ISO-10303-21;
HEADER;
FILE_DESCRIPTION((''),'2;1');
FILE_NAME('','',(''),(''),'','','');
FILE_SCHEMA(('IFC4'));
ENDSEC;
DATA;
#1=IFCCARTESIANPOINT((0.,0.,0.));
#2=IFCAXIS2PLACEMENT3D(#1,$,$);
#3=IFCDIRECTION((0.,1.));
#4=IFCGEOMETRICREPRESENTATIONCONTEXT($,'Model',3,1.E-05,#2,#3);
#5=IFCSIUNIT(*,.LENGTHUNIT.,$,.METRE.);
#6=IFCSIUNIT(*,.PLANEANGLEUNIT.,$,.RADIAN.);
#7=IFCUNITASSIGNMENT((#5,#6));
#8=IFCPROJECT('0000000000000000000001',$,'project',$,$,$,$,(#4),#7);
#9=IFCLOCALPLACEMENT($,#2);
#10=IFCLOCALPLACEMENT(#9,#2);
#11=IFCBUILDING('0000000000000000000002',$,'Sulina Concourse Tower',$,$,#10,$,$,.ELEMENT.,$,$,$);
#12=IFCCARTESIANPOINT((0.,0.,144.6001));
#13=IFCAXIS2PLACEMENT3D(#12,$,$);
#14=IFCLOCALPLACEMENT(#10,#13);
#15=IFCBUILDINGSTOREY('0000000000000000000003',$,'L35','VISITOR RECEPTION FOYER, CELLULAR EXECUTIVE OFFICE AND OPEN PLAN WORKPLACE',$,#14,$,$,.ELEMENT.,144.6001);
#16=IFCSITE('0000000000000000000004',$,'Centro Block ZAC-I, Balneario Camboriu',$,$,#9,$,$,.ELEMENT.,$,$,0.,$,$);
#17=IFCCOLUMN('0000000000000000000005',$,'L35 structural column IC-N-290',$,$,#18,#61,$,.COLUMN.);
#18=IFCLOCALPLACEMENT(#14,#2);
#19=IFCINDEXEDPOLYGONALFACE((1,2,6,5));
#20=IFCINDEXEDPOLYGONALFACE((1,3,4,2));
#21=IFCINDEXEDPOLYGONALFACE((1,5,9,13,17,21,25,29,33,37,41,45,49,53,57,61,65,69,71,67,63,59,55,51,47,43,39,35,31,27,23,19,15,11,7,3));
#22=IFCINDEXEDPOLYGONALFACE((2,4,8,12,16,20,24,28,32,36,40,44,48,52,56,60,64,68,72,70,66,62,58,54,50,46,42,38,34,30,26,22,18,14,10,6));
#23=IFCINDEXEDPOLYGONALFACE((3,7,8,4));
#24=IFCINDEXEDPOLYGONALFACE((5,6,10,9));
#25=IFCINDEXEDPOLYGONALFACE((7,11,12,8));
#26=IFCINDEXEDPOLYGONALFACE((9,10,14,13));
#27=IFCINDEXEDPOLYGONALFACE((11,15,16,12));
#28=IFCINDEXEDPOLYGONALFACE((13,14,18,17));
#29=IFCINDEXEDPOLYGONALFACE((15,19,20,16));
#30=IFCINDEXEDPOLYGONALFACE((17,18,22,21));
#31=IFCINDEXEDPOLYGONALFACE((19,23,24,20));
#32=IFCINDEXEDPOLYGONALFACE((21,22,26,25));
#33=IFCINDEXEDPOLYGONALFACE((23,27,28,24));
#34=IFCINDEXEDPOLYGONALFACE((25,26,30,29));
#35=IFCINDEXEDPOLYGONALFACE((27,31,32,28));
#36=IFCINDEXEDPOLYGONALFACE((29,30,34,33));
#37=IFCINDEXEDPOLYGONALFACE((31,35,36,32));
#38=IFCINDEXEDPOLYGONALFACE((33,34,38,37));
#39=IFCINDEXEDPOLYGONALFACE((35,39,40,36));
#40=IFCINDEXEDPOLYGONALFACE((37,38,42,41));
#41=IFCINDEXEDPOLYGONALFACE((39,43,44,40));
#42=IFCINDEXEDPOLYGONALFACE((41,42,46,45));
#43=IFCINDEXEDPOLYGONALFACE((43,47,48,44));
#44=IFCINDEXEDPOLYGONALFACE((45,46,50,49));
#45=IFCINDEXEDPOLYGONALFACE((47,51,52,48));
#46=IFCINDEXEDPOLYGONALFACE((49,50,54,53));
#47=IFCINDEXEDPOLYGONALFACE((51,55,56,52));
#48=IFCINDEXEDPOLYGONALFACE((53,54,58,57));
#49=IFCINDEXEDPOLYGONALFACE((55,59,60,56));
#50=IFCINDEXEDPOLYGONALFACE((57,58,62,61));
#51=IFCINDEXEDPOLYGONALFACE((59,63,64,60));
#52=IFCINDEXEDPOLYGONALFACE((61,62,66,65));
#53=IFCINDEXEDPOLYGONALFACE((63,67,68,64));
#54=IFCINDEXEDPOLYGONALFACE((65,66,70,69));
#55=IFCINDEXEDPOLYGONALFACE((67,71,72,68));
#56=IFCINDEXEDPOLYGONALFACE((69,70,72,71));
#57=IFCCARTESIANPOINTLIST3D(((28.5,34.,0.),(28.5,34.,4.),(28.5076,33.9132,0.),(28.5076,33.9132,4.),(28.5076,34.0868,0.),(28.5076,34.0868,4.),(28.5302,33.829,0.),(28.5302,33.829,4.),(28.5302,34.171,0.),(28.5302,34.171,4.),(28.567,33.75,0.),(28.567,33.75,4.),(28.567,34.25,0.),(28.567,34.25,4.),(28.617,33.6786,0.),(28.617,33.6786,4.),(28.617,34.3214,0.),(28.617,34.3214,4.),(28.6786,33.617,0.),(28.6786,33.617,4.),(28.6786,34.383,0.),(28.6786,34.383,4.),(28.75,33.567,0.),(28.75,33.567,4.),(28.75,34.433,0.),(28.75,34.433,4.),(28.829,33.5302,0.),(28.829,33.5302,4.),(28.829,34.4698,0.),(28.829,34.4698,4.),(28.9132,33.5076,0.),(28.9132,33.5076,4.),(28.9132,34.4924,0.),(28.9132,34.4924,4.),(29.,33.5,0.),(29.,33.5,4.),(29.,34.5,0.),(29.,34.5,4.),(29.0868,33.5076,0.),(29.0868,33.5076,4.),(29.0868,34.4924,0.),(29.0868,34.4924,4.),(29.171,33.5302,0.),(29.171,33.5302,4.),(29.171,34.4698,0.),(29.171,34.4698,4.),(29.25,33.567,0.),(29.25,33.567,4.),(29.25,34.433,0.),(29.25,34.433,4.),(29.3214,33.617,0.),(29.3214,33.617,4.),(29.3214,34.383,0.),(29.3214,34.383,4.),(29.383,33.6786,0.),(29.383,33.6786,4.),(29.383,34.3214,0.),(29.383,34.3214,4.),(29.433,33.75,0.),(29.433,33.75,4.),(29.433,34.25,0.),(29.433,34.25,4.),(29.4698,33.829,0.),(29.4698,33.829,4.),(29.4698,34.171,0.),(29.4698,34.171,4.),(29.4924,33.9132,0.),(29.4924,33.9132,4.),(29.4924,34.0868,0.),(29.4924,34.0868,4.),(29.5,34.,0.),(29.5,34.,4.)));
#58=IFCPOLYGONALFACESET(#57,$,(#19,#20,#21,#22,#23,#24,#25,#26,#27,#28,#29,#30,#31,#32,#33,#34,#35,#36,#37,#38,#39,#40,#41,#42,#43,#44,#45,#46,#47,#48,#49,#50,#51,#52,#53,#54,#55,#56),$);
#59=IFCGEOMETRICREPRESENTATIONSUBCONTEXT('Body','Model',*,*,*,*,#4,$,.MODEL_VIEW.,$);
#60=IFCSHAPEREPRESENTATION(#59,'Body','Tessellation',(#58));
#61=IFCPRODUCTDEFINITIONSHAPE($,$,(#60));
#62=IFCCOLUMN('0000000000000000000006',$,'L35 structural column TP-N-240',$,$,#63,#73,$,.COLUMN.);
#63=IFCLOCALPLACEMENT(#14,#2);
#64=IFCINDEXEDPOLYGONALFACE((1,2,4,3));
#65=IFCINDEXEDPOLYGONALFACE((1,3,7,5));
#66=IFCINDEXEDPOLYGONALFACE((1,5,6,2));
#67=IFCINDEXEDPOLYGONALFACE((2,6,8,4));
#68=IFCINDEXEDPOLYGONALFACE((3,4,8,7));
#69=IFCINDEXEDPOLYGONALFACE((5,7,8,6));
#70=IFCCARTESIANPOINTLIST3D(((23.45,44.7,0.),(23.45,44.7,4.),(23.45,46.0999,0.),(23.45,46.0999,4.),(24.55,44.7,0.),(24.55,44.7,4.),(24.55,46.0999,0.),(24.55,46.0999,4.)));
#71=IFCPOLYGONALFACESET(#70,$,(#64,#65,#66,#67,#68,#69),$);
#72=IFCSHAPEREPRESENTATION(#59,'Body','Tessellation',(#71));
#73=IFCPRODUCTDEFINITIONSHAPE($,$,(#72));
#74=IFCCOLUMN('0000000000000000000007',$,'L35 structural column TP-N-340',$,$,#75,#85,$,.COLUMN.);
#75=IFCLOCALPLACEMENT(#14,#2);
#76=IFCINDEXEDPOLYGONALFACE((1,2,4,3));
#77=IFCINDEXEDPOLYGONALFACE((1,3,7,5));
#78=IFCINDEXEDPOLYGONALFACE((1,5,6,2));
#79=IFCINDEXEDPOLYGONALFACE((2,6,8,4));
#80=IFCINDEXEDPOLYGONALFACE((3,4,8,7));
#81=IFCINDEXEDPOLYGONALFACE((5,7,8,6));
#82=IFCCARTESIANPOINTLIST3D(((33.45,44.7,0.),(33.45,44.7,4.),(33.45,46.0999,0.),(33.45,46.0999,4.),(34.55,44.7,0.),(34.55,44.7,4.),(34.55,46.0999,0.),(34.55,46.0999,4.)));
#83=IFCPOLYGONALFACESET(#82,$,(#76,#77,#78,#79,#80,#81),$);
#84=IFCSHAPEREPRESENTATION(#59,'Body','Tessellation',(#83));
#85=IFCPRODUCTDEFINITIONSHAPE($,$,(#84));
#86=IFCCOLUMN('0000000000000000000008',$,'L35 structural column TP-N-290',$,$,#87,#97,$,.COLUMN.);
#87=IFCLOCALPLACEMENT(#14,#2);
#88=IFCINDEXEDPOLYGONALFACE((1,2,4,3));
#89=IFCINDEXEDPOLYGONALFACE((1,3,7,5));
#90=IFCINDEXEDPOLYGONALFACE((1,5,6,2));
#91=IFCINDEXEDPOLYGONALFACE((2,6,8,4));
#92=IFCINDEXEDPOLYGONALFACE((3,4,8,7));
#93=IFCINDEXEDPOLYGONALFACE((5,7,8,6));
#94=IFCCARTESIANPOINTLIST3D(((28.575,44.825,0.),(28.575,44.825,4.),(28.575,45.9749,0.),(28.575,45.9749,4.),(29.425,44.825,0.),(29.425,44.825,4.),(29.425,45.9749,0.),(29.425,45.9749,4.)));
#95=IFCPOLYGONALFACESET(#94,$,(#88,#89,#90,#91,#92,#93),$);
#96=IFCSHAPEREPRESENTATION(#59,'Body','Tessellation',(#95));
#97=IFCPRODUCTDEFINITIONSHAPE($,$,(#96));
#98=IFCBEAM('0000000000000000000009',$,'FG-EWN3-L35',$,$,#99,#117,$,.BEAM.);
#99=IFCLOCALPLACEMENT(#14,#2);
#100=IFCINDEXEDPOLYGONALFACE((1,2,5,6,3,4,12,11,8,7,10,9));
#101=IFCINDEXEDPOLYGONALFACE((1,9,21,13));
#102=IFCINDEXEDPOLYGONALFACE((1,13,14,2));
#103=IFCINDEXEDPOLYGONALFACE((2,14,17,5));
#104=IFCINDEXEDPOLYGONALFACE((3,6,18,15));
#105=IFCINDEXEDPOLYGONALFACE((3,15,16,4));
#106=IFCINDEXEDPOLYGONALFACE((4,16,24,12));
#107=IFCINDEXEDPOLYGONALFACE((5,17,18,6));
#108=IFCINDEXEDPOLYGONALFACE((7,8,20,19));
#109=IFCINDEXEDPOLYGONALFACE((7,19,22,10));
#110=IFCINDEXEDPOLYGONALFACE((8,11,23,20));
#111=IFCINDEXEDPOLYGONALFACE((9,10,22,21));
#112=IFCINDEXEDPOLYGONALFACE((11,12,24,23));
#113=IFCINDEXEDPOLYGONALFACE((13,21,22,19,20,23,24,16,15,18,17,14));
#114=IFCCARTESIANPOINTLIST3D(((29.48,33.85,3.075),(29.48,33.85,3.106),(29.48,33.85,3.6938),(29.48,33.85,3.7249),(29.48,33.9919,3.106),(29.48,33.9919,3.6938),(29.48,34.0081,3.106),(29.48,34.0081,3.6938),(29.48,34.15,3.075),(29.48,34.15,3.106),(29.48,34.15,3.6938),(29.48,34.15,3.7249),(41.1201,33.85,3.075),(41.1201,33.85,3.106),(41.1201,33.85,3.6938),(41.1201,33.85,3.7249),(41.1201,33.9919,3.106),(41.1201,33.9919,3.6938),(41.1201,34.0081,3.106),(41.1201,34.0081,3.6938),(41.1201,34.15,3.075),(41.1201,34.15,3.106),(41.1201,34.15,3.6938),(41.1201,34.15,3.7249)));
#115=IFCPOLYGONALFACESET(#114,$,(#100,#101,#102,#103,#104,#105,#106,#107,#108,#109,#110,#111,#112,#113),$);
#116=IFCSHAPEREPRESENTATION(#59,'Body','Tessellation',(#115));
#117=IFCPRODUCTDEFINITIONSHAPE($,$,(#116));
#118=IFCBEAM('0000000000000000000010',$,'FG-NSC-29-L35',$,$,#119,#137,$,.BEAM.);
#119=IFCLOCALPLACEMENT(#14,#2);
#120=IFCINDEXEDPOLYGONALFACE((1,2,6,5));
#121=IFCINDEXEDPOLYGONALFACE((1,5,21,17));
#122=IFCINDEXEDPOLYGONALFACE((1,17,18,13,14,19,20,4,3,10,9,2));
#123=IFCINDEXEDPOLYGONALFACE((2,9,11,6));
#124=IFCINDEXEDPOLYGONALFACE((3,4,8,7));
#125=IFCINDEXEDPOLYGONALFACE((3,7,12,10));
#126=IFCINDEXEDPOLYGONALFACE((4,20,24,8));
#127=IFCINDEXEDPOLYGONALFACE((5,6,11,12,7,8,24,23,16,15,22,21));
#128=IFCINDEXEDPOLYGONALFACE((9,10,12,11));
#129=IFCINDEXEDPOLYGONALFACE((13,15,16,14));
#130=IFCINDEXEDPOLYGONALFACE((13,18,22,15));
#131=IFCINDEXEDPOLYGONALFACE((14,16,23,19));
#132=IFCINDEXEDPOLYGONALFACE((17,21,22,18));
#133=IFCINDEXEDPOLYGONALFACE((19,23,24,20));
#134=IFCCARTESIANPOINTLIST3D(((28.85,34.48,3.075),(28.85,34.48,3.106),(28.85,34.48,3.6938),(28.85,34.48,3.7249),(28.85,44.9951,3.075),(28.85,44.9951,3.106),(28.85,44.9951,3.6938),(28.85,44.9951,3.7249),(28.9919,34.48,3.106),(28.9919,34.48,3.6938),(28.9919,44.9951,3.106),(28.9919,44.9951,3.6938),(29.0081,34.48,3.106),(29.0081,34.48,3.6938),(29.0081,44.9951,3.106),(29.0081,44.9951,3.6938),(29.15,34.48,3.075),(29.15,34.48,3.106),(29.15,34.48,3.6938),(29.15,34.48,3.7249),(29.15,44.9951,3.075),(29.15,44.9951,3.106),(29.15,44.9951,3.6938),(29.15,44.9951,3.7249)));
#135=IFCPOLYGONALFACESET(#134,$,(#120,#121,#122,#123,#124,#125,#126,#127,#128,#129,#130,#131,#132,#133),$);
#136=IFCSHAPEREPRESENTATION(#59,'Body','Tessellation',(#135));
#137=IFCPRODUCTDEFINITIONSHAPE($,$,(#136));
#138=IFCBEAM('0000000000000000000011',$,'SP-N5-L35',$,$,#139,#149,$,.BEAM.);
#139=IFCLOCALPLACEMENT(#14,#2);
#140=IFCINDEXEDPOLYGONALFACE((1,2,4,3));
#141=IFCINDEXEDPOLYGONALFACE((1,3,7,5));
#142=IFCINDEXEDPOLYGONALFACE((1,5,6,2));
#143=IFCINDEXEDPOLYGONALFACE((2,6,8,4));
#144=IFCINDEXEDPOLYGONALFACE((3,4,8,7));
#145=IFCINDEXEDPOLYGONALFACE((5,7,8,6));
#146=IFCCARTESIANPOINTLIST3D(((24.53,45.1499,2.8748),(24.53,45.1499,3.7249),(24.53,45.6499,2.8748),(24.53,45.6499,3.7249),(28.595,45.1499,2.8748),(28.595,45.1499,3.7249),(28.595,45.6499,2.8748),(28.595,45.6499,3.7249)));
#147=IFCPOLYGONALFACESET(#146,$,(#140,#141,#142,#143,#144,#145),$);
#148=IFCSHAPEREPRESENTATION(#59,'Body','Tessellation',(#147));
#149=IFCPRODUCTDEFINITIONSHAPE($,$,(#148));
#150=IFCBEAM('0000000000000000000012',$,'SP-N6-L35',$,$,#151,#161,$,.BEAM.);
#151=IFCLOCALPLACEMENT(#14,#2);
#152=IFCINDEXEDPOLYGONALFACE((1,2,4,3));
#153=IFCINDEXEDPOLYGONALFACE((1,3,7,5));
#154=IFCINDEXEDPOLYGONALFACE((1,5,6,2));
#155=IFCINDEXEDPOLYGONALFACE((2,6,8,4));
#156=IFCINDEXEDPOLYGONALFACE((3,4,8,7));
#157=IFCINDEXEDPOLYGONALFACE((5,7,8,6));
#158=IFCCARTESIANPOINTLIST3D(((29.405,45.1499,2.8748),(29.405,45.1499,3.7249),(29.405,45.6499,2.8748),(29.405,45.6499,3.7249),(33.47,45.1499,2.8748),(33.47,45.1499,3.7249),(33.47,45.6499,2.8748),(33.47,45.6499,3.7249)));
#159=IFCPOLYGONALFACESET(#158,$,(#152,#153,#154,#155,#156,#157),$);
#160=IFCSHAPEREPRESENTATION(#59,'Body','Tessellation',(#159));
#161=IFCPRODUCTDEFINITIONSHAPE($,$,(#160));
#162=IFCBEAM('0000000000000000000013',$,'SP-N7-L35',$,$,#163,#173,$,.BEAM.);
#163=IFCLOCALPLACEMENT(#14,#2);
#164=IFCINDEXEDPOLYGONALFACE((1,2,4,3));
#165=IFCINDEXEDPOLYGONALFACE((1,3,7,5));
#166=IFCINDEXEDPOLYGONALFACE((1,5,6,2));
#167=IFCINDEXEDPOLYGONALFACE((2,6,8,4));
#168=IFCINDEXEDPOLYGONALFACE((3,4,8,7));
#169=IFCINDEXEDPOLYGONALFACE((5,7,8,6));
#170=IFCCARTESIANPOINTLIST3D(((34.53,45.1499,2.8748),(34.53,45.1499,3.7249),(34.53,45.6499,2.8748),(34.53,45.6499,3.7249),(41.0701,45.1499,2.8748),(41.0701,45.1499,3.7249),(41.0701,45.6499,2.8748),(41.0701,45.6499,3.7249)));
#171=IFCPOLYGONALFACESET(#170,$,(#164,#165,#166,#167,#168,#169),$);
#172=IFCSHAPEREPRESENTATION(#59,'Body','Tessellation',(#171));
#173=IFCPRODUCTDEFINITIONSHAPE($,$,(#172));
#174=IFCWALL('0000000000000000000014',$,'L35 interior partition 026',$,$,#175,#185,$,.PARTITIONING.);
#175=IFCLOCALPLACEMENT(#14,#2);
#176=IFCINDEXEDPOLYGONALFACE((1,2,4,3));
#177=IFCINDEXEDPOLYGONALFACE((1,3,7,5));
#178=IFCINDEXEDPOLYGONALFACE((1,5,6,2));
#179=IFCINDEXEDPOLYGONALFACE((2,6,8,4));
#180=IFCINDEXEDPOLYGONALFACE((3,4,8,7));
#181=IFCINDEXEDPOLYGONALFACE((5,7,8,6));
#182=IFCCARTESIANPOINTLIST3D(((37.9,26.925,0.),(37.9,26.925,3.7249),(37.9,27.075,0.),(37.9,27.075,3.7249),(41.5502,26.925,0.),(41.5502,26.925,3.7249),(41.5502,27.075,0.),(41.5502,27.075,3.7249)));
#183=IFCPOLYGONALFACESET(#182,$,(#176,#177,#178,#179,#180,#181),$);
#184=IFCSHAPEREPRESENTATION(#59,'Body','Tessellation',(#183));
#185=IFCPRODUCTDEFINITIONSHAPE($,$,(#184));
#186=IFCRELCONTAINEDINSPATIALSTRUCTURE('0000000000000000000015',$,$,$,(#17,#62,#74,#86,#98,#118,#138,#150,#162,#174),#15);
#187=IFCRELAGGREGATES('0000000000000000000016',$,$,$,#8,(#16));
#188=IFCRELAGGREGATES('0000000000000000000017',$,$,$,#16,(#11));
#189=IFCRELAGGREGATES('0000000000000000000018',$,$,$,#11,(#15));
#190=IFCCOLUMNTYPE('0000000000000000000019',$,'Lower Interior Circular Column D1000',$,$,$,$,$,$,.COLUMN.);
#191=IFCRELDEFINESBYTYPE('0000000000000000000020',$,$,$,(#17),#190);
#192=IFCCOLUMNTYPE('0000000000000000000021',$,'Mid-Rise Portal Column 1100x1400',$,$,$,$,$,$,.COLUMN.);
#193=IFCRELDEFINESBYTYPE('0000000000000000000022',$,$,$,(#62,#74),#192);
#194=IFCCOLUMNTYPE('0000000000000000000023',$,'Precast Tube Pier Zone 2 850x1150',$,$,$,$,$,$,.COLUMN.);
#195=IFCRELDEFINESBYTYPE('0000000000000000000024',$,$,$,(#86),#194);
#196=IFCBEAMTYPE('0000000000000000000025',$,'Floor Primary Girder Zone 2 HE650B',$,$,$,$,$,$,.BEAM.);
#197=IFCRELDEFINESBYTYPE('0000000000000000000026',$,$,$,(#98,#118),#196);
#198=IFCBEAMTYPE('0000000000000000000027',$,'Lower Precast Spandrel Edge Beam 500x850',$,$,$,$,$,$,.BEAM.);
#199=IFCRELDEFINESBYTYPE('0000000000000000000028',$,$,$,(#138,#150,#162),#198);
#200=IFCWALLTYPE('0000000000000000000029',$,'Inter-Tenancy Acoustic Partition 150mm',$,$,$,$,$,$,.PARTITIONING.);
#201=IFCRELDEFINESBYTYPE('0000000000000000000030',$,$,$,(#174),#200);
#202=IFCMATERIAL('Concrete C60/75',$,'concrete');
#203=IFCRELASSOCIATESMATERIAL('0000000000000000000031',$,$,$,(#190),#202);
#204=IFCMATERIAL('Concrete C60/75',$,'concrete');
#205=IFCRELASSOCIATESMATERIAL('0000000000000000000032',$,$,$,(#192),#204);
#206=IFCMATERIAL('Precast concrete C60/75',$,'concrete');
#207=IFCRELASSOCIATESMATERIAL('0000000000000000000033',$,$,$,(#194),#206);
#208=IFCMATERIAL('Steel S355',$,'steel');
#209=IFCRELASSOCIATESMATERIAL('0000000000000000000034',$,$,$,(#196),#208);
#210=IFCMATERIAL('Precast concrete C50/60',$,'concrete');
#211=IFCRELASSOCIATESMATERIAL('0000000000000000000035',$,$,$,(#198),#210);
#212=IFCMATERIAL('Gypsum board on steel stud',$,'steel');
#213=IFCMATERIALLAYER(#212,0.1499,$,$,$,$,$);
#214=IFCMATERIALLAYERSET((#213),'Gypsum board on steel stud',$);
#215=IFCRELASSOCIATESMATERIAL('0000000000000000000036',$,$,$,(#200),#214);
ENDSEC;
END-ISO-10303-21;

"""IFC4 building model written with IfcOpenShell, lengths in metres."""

from ifc_helpers import new_model, si_unit, direction, frame, frame_2d, origin, origin_2d, place, context, subcontext, project, spatial, rectangle, circle, i_section, extrude, material, layer, layer_set, material_profile, profile_set, type_object, element, save


model = new_model("IFC4")

# Units and contexts
model_context = context("Model", 3, precision=1e-05, world=origin(), true_north=direction((0.0, 1.0)))
body_context = subcontext(model_context, "Body", "Model", "MODEL_VIEW")
ifc_project = project(units=[si_unit("LENGTHUNIT", "METRE"), si_unit("PLANEANGLEUNIT", "RADIAN")], contexts=[model_context])

# Site, building, storey
site_placement = place(None, origin())
site = spatial("IfcSite", under=ifc_project, at=site_placement, Name="Centro Block ZAC-I, Balneario Camboriu", CompositionType="ELEMENT", RefElevation=0.0)
building_placement = place(site_placement, origin())
building = spatial("IfcBuilding", under=site, at=building_placement, Name="Sulina Concourse Tower", CompositionType="ELEMENT")
storey_placement = place(building_placement, frame((0.0, 0.0, 144.6001)))
storey = spatial("IfcBuildingStorey", under=building, at=storey_placement, Name="L35", Description="VISITOR RECEPTION FOYER, CELLULAR EXECUTIVE OFFICE AND OPEN PLAN WORKPLACE", CompositionType="ELEMENT", Elevation=144.6001)

# Columns
ifc_material_1 = material(Name="Concrete C60/75", Category="concrete")
ifc_material_profile_1 = material_profile(ifc_material_1, circle(Radius=0.5, at=origin_2d()), Name="RC D1000")
ifc_profile_set_1 = profile_set([ifc_material_profile_1], Name="Concrete C60/75")
column_type_1 = type_object("IfcColumnType", Name="Lower Interior Circular Column D1000", PredefinedType="COLUMN", material=ifc_profile_set_1)
column_1_placement = place(storey_placement, frame((29.0, 34.0, 0.0), z_axis=(0.0, 0.0, 1.0), x_axis=(1.0, 0.0, 0.0)))
element("IfcColumn", 1, at=column_1_placement, inside=storey, type_object=column_type_1, Name="L35 structural column IC-N-290", PredefinedType="COLUMN", context=body_context, shape_type="SweptSolid", body=[
    extrude(circle(Radius=0.5, at=origin_2d()), origin(), (0.0, 0.0, 1.0), 4.0),
])
ifc_material_2 = material(Name="Concrete C60/75", Category="concrete")
ifc_material_profile_2 = material_profile(ifc_material_2, rectangle(XDim=1.1001, YDim=1.3999, at=origin_2d()), Name="RC 1100x1400")
ifc_profile_set_2 = profile_set([ifc_material_profile_2], Name="Concrete C60/75")
column_type_2 = type_object("IfcColumnType", Name="Mid-Rise Portal Column 1100x1400", PredefinedType="COLUMN", material=ifc_profile_set_2)
for number, where, z_axis, x_axis, name in (
    (2, (24.0, 45.3999, 0.0), (0.0, 0.0, 1.0), (1.0, 0.0, 0.0), "L35 structural column TP-N-240"),
    (3, (34.0, 45.3999, 0.0), (0.0, 0.0, 1.0), (1.0, 0.0, 0.0), "L35 structural column TP-N-340"),
):
    element("IfcColumn", number, at=place(storey_placement, frame(where, z_axis=z_axis, x_axis=x_axis)), inside=storey, type_object=column_type_2, Name=name, PredefinedType="COLUMN", context=body_context, shape_type="SweptSolid", body=[
        extrude(rectangle(XDim=1.1001, YDim=1.3999, at=origin_2d()), origin(), (0.0, 0.0, 1.0), 4.0),
    ])
ifc_material_3 = material(Name="Precast concrete C60/75", Category="concrete")
ifc_material_profile_3 = material_profile(ifc_material_3, rectangle(XDim=0.8501, YDim=1.1499, at=origin_2d()), Name="PC 850x1150")
ifc_profile_set_3 = profile_set([ifc_material_profile_3], Name="Precast concrete C60/75")
column_type_3 = type_object("IfcColumnType", Name="Precast Tube Pier Zone 2 850x1150", PredefinedType="COLUMN", material=ifc_profile_set_3)
column_2_placement = place(storey_placement, frame((29.0, 45.3999, 0.0), z_axis=(0.0, 0.0, 1.0), x_axis=(1.0, 0.0, 0.0)))
element("IfcColumn", 4, at=column_2_placement, inside=storey, type_object=column_type_3, Name="L35 structural column TP-N-290", PredefinedType="COLUMN", context=body_context, shape_type="SweptSolid", body=[
    extrude(rectangle(XDim=0.8501, YDim=1.1499, at=origin_2d()), origin(), (0.0, 0.0, 1.0), 4.0),
])

# Beams
ifc_material_4 = material(Name="Steel S355", Category="steel")
ifc_material_profile_4 = material_profile(ifc_material_4, i_section(OverallWidth=0.3, OverallDepth=0.6499, WebThickness=0.0161, FlangeThickness=0.031, at=origin_2d()), Name="HE 650 B")
ifc_profile_set_4 = profile_set([ifc_material_profile_4], Name="Steel S355")
beam_type_1 = type_object("IfcBeamType", Name="Floor Primary Girder Zone 2 HE650B", PredefinedType="BEAM", material=ifc_profile_set_4)
beam_1_placement = place(storey_placement, frame((29.48, 34.0, 3.3999), z_axis=(1.0, 0.0, 0.0), x_axis=(0.0, 1.0, 0.0)))
element("IfcBeam", 5, at=beam_1_placement, inside=storey, type_object=beam_type_1, Name="FG-EWN3-L35", PredefinedType="BEAM", context=body_context, shape_type="SweptSolid", body=[
    extrude(i_section(OverallWidth=0.3, OverallDepth=0.6499, WebThickness=0.0161, FlangeThickness=0.031, at=origin_2d()), origin(), (0.0, 0.0, 1.0), 11.6401),
])
beam_2_placement = place(storey_placement, frame((29.0, 34.48, 3.3999), z_axis=(0.0, 1.0, 0.0), x_axis=(-1.0, 0.0, 0.0)))
element("IfcBeam", 6, at=beam_2_placement, inside=storey, type_object=beam_type_1, Name="FG-NSC-29-L35", PredefinedType="BEAM", context=body_context, shape_type="SweptSolid", body=[
    extrude(i_section(OverallWidth=0.3, OverallDepth=0.6499, WebThickness=0.0161, FlangeThickness=0.031, at=origin_2d()), origin(), (0.0, 0.0, 1.0), 10.5151),
])
ifc_material_5 = material(Name="Precast concrete C50/60", Category="concrete")
ifc_material_profile_5 = material_profile(ifc_material_5, rectangle(XDim=0.5, YDim=0.8501, at=origin_2d()), Name="RC 500x850")
ifc_profile_set_5 = profile_set([ifc_material_profile_5], Name="Precast concrete C50/60")
beam_type_2 = type_object("IfcBeamType", Name="Lower Precast Spandrel Edge Beam 500x850", PredefinedType="BEAM", material=ifc_profile_set_5)
for number, where, z_axis, x_axis, name in (
    (7, (24.53, 45.3999, 3.2998), (1.0, 0.0, 0.0), (0.0, 1.0, 0.0), "SP-N5-L35"),
    (8, (29.405, 45.3999, 3.2998), (1.0, 0.0, 0.0), (0.0, 1.0, 0.0), "SP-N6-L35"),
):
    element("IfcBeam", number, at=place(storey_placement, frame(where, z_axis=z_axis, x_axis=x_axis)), inside=storey, type_object=beam_type_2, Name=name, PredefinedType="BEAM", context=body_context, shape_type="SweptSolid", body=[
        extrude(rectangle(XDim=0.5, YDim=0.8501, at=origin_2d()), origin(), (0.0, 0.0, 1.0), 4.0649),
    ])
beam_3_placement = place(storey_placement, frame((34.53, 45.3999, 3.2998), z_axis=(1.0, 0.0, 0.0), x_axis=(0.0, 1.0, 0.0)))
element("IfcBeam", 9, at=beam_3_placement, inside=storey, type_object=beam_type_2, Name="SP-N7-L35", PredefinedType="BEAM", context=body_context, shape_type="SweptSolid", body=[
    extrude(rectangle(XDim=0.5, YDim=0.8501, at=origin_2d()), origin(), (0.0, 0.0, 1.0), 6.54),
])

# Wall
ifc_material_6 = material(Name="Gypsum board on steel stud", Category="steel")
ifc_layer_1 = layer(ifc_material_6, 0.1499)
ifc_layer_set_1 = layer_set([ifc_layer_1], Name="Gypsum board on steel stud")
wall_type_1 = type_object("IfcWallType", Name="Inter-Tenancy Acoustic Partition 150mm", PredefinedType="PARTITIONING", material=ifc_layer_set_1)
wall_1_placement = place(storey_placement, frame((37.8999, 27.0, 0.0), z_axis=(0.0, 0.0, 1.0), x_axis=(1.0, 0.0, 0.0)))
element("IfcWall", 10, at=wall_1_placement, inside=storey, type_object=wall_type_1, Name="L35 interior partition 026", PredefinedType="PARTITIONING", context=body_context, shape_type="SweptSolid", body=[
    extrude(rectangle(XDim=3.6501, YDim=0.1499, at=frame_2d((1.8252, 0.0))), origin(), (0.0, 0.0, 1.0), 3.7249),
])

save(model, "model.ifc")
